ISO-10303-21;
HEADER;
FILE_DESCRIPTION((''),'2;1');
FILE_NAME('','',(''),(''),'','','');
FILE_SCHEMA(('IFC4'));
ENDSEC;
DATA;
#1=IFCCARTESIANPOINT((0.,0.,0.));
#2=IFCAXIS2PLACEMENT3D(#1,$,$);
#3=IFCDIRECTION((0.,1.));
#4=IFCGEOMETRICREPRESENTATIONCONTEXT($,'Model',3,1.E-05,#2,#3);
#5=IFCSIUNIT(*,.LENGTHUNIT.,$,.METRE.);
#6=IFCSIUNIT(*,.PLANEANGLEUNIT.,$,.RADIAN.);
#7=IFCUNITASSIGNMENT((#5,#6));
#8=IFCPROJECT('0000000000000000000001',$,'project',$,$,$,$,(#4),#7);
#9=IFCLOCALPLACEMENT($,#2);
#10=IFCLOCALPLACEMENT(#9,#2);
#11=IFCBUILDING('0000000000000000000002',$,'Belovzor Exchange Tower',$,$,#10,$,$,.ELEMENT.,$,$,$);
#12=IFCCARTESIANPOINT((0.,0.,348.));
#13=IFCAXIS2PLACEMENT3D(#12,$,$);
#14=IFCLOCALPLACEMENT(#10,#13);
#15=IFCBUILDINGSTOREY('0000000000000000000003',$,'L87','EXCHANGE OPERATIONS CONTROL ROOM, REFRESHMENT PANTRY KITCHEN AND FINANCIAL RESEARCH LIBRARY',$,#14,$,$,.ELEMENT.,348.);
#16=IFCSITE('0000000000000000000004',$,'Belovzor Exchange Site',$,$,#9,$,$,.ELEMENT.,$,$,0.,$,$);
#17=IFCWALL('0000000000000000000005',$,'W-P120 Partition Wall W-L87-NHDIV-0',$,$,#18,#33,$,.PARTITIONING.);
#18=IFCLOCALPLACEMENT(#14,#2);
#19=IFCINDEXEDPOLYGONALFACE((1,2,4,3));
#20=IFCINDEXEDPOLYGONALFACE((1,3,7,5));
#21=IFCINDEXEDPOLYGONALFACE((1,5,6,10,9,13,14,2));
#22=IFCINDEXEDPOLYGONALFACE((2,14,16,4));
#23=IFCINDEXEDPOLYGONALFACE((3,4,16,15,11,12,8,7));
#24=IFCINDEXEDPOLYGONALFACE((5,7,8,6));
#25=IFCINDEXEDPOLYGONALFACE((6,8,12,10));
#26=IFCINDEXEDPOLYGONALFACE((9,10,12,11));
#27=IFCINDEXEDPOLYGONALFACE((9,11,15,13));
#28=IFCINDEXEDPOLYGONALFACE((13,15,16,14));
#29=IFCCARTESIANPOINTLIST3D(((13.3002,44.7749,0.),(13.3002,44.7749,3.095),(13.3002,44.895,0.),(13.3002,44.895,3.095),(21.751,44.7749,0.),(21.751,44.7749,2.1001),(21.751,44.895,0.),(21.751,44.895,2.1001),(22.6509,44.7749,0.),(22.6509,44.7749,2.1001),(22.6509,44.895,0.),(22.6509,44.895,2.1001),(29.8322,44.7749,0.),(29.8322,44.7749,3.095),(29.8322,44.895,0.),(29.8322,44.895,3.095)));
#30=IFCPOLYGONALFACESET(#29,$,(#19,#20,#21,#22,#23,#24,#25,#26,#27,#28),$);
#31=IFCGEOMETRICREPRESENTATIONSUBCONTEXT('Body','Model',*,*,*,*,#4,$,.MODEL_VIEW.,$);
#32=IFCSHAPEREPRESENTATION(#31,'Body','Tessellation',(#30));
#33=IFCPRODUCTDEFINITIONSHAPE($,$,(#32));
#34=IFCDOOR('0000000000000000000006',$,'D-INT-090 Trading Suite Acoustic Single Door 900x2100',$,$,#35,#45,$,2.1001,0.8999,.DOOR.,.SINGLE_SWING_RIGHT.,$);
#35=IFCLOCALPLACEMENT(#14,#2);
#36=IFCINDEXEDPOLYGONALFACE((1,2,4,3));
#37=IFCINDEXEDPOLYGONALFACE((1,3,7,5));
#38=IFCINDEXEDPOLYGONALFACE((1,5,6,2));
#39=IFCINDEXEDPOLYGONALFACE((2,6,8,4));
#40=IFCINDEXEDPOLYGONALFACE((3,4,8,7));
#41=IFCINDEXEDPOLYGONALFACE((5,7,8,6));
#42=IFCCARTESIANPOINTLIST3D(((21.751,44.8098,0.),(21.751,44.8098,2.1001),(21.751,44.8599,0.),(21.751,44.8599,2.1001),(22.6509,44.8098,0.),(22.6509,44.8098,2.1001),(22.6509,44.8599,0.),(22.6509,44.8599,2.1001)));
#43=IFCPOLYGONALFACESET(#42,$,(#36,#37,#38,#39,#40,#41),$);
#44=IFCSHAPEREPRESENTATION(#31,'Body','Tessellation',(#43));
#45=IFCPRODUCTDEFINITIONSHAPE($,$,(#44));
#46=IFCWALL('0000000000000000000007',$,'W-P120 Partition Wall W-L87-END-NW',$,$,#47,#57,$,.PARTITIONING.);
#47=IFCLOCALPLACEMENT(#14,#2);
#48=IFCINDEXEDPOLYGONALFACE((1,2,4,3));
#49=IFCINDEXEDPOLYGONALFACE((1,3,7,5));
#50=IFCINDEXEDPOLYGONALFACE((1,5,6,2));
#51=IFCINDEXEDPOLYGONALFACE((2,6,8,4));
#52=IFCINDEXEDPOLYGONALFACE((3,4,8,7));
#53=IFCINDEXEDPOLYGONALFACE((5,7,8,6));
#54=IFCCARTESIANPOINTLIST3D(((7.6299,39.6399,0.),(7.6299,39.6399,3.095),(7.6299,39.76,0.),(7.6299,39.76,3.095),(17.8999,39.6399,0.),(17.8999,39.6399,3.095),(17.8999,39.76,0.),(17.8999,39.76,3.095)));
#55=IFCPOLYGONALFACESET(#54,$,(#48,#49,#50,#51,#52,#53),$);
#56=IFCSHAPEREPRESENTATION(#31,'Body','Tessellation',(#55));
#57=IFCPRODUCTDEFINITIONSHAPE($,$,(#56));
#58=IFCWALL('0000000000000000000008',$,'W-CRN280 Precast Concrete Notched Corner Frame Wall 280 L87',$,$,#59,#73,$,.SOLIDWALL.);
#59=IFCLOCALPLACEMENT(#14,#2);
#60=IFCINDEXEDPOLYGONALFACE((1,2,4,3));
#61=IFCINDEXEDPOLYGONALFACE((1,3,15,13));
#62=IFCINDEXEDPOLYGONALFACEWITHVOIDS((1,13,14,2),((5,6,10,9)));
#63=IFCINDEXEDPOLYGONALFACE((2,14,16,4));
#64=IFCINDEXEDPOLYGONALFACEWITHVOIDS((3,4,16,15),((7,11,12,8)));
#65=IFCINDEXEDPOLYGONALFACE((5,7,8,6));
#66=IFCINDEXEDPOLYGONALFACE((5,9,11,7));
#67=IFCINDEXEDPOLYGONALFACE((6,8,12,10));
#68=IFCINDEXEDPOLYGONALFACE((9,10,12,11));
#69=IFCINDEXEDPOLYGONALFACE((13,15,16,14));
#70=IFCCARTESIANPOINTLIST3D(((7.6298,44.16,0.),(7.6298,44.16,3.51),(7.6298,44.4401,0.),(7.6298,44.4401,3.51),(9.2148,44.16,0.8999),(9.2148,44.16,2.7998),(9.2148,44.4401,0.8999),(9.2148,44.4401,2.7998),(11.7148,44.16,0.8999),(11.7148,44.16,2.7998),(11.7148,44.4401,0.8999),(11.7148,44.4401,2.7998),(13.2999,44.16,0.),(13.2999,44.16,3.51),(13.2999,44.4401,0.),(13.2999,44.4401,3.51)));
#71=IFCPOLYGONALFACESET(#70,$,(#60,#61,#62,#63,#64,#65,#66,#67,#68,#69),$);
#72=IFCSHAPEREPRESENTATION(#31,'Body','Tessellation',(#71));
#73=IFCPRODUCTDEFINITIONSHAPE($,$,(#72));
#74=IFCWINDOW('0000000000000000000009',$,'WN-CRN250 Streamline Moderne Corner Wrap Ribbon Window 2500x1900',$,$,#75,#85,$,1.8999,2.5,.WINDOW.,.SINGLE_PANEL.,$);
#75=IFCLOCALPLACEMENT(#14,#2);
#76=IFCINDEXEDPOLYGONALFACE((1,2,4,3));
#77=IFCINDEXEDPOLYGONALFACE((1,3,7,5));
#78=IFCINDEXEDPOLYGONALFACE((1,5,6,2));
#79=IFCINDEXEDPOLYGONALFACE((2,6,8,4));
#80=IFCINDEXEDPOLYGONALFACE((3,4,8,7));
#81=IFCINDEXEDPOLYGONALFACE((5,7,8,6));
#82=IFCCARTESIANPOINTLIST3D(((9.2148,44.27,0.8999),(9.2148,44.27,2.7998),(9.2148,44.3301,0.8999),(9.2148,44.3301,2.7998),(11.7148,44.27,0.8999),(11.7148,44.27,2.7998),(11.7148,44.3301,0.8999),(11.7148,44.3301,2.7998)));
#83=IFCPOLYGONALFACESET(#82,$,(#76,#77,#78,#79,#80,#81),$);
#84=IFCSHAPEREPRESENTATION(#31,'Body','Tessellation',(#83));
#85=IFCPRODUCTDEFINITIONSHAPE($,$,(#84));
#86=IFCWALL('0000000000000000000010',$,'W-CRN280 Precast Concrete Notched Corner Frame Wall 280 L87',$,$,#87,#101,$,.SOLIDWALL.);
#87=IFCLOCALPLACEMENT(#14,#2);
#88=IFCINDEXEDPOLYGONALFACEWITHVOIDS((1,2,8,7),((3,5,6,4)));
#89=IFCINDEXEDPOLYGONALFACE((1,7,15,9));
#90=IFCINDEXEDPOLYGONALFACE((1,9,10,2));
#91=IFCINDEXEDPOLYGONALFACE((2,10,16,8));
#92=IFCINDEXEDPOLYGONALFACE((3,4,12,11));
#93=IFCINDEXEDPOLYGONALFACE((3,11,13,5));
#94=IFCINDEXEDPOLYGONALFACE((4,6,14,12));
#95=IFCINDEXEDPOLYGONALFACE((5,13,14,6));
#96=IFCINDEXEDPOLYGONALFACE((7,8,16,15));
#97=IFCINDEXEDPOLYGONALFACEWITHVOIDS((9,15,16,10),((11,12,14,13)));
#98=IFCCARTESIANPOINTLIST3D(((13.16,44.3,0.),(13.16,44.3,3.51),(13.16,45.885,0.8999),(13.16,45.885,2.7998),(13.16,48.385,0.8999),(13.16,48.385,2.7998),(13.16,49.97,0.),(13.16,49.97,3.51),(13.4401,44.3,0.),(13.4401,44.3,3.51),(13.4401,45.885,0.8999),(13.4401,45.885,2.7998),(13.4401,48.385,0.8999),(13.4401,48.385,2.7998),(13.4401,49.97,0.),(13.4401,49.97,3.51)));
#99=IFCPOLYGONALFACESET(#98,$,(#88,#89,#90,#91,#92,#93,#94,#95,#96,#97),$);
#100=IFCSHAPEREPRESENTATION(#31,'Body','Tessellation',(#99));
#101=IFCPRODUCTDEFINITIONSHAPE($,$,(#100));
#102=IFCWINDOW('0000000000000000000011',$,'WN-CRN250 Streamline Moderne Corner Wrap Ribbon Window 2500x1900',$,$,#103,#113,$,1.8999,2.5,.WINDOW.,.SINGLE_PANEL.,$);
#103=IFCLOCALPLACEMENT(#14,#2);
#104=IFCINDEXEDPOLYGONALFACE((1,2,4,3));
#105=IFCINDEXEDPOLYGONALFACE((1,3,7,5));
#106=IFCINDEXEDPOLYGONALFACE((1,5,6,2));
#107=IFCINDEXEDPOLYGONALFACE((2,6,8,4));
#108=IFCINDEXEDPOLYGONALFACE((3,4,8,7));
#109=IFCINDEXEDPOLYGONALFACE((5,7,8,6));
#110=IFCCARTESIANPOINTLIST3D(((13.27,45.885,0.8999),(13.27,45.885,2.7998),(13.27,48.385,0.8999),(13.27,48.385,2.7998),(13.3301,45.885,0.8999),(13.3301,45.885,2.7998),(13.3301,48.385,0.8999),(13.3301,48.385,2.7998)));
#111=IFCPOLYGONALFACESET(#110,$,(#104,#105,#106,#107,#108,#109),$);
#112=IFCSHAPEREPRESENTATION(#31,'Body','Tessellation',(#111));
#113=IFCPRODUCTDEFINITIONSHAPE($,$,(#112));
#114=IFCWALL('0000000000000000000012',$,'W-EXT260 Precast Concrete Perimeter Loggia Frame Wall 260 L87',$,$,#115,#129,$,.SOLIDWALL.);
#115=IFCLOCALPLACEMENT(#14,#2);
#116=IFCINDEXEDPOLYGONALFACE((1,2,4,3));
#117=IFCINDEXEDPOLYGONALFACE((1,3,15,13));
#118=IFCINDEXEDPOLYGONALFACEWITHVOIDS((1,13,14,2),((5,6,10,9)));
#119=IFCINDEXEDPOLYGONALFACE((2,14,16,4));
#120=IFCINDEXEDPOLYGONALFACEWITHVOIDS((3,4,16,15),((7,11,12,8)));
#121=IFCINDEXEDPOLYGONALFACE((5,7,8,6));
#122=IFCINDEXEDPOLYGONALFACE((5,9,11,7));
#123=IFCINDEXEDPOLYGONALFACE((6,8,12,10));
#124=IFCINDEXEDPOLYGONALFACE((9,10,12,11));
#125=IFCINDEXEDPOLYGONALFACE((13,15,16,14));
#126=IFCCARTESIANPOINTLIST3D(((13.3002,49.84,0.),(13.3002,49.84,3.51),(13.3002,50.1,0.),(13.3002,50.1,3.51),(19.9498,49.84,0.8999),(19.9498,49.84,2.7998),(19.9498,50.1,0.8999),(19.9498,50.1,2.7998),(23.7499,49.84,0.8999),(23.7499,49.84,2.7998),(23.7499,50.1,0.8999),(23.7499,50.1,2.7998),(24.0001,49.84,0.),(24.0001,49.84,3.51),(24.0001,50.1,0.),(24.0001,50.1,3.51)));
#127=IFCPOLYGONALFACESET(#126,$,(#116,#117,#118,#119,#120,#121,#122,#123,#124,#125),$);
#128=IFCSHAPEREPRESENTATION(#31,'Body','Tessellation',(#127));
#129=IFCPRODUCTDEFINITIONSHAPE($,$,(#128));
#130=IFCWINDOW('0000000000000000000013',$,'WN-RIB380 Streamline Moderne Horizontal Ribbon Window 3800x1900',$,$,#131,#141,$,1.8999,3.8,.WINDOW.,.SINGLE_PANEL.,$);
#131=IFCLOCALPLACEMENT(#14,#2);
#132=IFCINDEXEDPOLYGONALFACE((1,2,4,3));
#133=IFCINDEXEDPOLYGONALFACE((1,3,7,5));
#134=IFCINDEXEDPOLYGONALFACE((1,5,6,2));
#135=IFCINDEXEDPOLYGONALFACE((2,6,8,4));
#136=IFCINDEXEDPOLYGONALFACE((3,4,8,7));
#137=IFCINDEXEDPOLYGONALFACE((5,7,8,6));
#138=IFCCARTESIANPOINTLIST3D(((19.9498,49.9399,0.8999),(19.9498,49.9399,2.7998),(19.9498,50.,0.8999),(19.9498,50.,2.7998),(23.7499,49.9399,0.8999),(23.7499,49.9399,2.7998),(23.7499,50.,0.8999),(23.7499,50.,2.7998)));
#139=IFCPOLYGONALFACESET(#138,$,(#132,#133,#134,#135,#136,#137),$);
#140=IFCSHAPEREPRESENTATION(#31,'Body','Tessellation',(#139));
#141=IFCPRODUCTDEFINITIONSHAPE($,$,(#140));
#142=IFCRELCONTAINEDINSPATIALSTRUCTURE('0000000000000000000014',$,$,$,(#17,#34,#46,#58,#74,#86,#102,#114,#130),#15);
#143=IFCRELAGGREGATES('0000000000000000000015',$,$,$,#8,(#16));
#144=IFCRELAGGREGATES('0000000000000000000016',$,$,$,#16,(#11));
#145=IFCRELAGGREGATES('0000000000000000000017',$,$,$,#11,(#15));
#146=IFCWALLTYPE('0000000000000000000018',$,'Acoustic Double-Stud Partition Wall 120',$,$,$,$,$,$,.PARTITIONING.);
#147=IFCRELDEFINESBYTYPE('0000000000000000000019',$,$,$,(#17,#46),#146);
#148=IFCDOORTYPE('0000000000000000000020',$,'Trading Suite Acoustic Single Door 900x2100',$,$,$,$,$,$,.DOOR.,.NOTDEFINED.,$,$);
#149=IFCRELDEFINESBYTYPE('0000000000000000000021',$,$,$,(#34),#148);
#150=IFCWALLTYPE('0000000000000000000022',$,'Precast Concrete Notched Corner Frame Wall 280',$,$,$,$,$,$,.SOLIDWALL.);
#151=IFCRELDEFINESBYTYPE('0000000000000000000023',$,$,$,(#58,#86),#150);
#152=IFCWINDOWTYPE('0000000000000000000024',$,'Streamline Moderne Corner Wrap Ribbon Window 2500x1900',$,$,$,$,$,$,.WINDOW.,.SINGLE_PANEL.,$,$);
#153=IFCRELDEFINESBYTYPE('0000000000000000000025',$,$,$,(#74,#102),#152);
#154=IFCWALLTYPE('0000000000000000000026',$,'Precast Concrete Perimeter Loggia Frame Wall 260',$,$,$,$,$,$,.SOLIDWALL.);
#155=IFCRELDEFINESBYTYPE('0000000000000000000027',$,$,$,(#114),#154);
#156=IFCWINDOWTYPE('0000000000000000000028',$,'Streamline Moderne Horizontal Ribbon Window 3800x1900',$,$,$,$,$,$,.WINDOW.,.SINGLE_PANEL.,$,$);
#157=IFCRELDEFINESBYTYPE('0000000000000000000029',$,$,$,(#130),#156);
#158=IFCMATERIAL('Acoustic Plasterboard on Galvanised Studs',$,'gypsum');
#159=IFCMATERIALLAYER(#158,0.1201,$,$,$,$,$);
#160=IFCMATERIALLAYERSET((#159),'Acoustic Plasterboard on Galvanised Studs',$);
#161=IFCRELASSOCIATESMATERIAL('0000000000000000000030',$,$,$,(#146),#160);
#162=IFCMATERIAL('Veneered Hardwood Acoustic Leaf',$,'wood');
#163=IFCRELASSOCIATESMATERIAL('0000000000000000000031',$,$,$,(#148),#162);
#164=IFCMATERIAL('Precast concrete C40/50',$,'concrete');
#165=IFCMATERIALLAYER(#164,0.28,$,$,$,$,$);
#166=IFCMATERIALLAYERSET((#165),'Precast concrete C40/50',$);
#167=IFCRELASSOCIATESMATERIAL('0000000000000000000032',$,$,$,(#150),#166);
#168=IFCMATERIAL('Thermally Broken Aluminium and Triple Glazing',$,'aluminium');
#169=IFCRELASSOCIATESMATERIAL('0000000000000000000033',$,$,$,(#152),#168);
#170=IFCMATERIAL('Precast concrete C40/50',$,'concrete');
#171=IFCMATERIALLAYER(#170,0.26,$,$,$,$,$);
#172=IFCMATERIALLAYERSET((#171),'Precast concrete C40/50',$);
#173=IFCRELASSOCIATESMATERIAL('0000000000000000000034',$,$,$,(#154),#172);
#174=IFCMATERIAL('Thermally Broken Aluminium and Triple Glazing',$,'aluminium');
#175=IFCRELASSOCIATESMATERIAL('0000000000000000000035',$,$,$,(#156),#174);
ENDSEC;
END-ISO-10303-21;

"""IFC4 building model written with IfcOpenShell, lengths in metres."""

from ifc_helpers import new_model, si_unit, direction, frame, frame_2d, origin, place, context, subcontext, project, spatial, rectangle, extrude, material, layer, layer_set, type_object, element, fill, save


model = new_model("IFC4")

# Units and contexts
model_context = context("Model", 3, precision=1e-05, world=origin(), true_north=direction((0.0, 1.0)))
body_context = subcontext(model_context, "Body", "Model", "MODEL_VIEW")
ifc_project = project(units=[si_unit("LENGTHUNIT", "METRE"), si_unit("PLANEANGLEUNIT", "RADIAN")], contexts=[model_context])

# Site, building, storey
site_placement = place(None, origin())
site = spatial("IfcSite", under=ifc_project, at=site_placement, Name="Belovzor Exchange Site", CompositionType="ELEMENT", RefElevation=0.0)
building_placement = place(site_placement, origin())
building = spatial("IfcBuilding", under=site, at=building_placement, Name="Belovzor Exchange Tower", CompositionType="ELEMENT")
storey_placement = place(building_placement, frame((0.0, 0.0, 348.0)))
storey = spatial("IfcBuildingStorey", under=building, at=storey_placement, Name="L87", Description="EXCHANGE OPERATIONS CONTROL ROOM, REFRESHMENT PANTRY KITCHEN AND FINANCIAL RESEARCH LIBRARY", CompositionType="ELEMENT", Elevation=348.0)

# Wall, opening, door
ifc_material_1 = material(Name="Acoustic Plasterboard on Galvanised Studs", Category="gypsum")
ifc_layer_1 = layer(ifc_material_1, 0.1201)
ifc_layer_set_1 = layer_set([ifc_layer_1], Name="Acoustic Plasterboard on Galvanised Studs")
wall_type_1 = type_object("IfcWallType", Name="Acoustic Double-Stud Partition Wall 120", PredefinedType="PARTITIONING", material=ifc_layer_set_1)
wall_1_placement = place(storey_placement, frame((13.3, 44.835, 0.0), z_axis=(0.0, 0.0, 1.0), x_axis=(1.0, 0.0, 0.0)))
wall_1 = element("IfcWall", 1, at=wall_1_placement, inside=storey, type_object=wall_type_1, Name="W-P120 Partition Wall W-L87-NHDIV-0", PredefinedType="PARTITIONING", context=body_context, shape_type="SweptSolid", body=[
    extrude(rectangle(XDim=16.532, YDim=0.1201, at=frame_2d((8.2661, 0.0))), origin(), (0.0, 0.0, 1.0), 3.095),
])
opening_1_placement = place(wall_1_placement, frame((8.4509, 0.0, 0.0)))
opening_1 = element("IfcOpeningElement", 2, at=opening_1_placement, cuts=wall_1, PredefinedType="OPENING", context=body_context, shape_type="SweptSolid", body=[
    extrude(rectangle(XDim=0.8999, YDim=2.1001, at=frame_2d((0.45, 1.05))), frame((0.0, 0.0701, 0.0), z_axis=(0.0, -1.0, 0.0), x_axis=(1.0, 0.0, 0.0)), (0.0, 0.0, 1.0), 0.1401),
])
ifc_material_2 = material(Name="Veneered Hardwood Acoustic Leaf", Category="wood")
door_type = type_object("IfcDoorType", Name="Trading Suite Acoustic Single Door 900x2100", OperationType="NOTDEFINED", PredefinedType="DOOR", material=ifc_material_2)
door_placement = place(opening_1_placement, origin())
door = element("IfcDoor", 3, at=door_placement, inside=storey, type_object=door_type, Name="D-INT-090 Trading Suite Acoustic Single Door 900x2100", OperationType="SINGLE_SWING_RIGHT", OverallHeight=2.1001, OverallWidth=0.8999, PredefinedType="DOOR", context=body_context, shape_type="SweptSolid", body=[
    extrude(rectangle(XDim=0.8999, YDim=2.1001, at=frame_2d((0.45, 1.05))), frame((0.0, 0.0249, 0.0), z_axis=(0.0, -1.0, 0.0), x_axis=(1.0, 0.0, 0.0)), (0.0, 0.0, 1.0), 0.05),
])
fill(opening_1, door)

# Wall
wall_2_placement = place(storey_placement, frame((7.6299, 39.7, 0.0), z_axis=(0.0, 0.0, 1.0), x_axis=(1.0, 0.0, 0.0)))
element("IfcWall", 4, at=wall_2_placement, inside=storey, type_object=wall_type_1, Name="W-P120 Partition Wall W-L87-END-NW", PredefinedType="PARTITIONING", context=body_context, shape_type="SweptSolid", body=[
    extrude(rectangle(XDim=10.27, YDim=0.1201, at=frame_2d((5.135, 0.0))), origin(), (0.0, 0.0, 1.0), 3.095),
])

# Walls, openings, windows
ifc_material_3 = material(Name="Precast concrete C40/50", Category="concrete")
ifc_layer_2 = layer(ifc_material_3, 0.28)
ifc_layer_set_2 = layer_set([ifc_layer_2], Name="Precast concrete C40/50")
wall_type_2 = type_object("IfcWallType", Name="Precast Concrete Notched Corner Frame Wall 280", PredefinedType="SOLIDWALL", material=ifc_layer_set_2)
wall_3_placement = place(storey_placement, frame((7.6299, 44.3, 0.0), z_axis=(0.0, 0.0, 1.0), x_axis=(1.0, 0.0, 0.0)))
wall_3 = element("IfcWall", 5, at=wall_3_placement, inside=storey, type_object=wall_type_2, Name="W-CRN280 Precast Concrete Notched Corner Frame Wall 280 L87", PredefinedType="SOLIDWALL", context=body_context, shape_type="SweptSolid", body=[
    extrude(rectangle(XDim=5.6702, YDim=0.28, at=frame_2d((2.835, 0.0))), origin(), (0.0, 0.0, 1.0), 3.51),
])
opening_2_placement = place(wall_3_placement, frame((1.585, 0.0, 0.8999)))
opening_2 = element("IfcOpeningElement", 6, at=opening_2_placement, cuts=wall_3, PredefinedType="OPENING", context=body_context, shape_type="SweptSolid", body=[
    extrude(rectangle(XDim=2.5, YDim=1.8999, at=frame_2d((1.25, 0.95))), frame((0.0, 0.1499, 0.0), z_axis=(0.0, -1.0, 0.0), x_axis=(1.0, 0.0, 0.0)), (0.0, 0.0, 1.0), 0.3),
])
ifc_material_4 = material(Name="Thermally Broken Aluminium and Triple Glazing", Category="aluminium")
window_type_1 = type_object("IfcWindowType", Name="Streamline Moderne Corner Wrap Ribbon Window 2500x1900", PartitioningType="SINGLE_PANEL", PredefinedType="WINDOW", material=ifc_material_4)
window_1_placement = place(opening_2_placement, origin())
window_1 = element("IfcWindow", 7, at=window_1_placement, inside=storey, type_object=window_type_1, Name="WN-CRN250 Streamline Moderne Corner Wrap Ribbon Window 2500x1900", OverallHeight=1.8999, OverallWidth=2.5, PartitioningType="SINGLE_PANEL", PredefinedType="WINDOW", context=body_context, shape_type="SweptSolid", body=[
    extrude(rectangle(XDim=2.5, YDim=1.8999, at=frame_2d((1.25, 0.95))), frame((0.0, 0.03, 0.0), z_axis=(0.0, -1.0, 0.0), x_axis=(1.0, 0.0, 0.0)), (0.0, 0.0, 1.0), 0.0601),
])
fill(opening_2, window_1)
wall_4_placement = place(storey_placement, frame((13.3, 44.3, 0.0), z_axis=(0.0, 0.0, 1.0), x_axis=(0.0, 1.0, 0.0)))
wall_4 = element("IfcWall", 8, at=wall_4_placement, inside=storey, type_object=wall_type_2, Name="W-CRN280 Precast Concrete Notched Corner Frame Wall 280 L87", PredefinedType="SOLIDWALL", context=body_context, shape_type="SweptSolid", body=[
    extrude(rectangle(XDim=5.6699, YDim=0.28, at=frame_2d((2.835, 0.0))), origin(), (0.0, 0.0, 1.0), 3.51),
])
opening_3_placement = place(wall_4_placement, frame((1.585, 0.0, 0.8999)))
opening_3 = element("IfcOpeningElement", 9, at=opening_3_placement, cuts=wall_4, PredefinedType="OPENING", context=body_context, shape_type="SweptSolid", body=[
    extrude(rectangle(XDim=2.5, YDim=1.8999, at=frame_2d((1.25, 0.95))), frame((0.0, 0.1499, 0.0), z_axis=(0.0, -1.0, 0.0), x_axis=(1.0, 0.0, 0.0)), (0.0, 0.0, 1.0), 0.3),
])
window_2_placement = place(opening_3_placement, origin())
window_2 = element("IfcWindow", 10, at=window_2_placement, inside=storey, type_object=window_type_1, Name="WN-CRN250 Streamline Moderne Corner Wrap Ribbon Window 2500x1900", OverallHeight=1.8999, OverallWidth=2.5, PartitioningType="SINGLE_PANEL", PredefinedType="WINDOW", context=body_context, shape_type="SweptSolid", body=[
    extrude(rectangle(XDim=2.5, YDim=1.8999, at=frame_2d((1.25, 0.95))), frame((0.0, 0.03, 0.0), z_axis=(0.0, -1.0, 0.0), x_axis=(1.0, 0.0, 0.0)), (0.0, 0.0, 1.0), 0.0601),
])
fill(opening_3, window_2)
ifc_material_5 = material(Name="Precast concrete C40/50", Category="concrete")
ifc_layer_3 = layer(ifc_material_5, 0.26)
ifc_layer_set_3 = layer_set([ifc_layer_3], Name="Precast concrete C40/50")
wall_type_3 = type_object("IfcWallType", Name="Precast Concrete Perimeter Loggia Frame Wall 260", PredefinedType="SOLIDWALL", material=ifc_layer_set_3)
wall_5_placement = place(storey_placement, frame((13.3, 49.97, 0.0), z_axis=(0.0, 0.0, 1.0), x_axis=(1.0, 0.0, 0.0)))
wall_5 = element("IfcWall", 11, at=wall_5_placement, inside=storey, type_object=wall_type_3, Name="W-EXT260 Precast Concrete Perimeter Loggia Frame Wall 260 L87", PredefinedType="SOLIDWALL", context=body_context, shape_type="SweptSolid", body=[
    extrude(rectangle(XDim=10.7, YDim=0.26, at=frame_2d((5.3501, 0.0))), origin(), (0.0, 0.0, 1.0), 3.51),
])
opening_4_placement = place(wall_5_placement, frame((6.6499, 0.0, 0.8999)))
opening_4 = element("IfcOpeningElement", 12, at=opening_4_placement, cuts=wall_5, PredefinedType="OPENING", context=body_context, shape_type="SweptSolid", body=[
    extrude(rectangle(XDim=3.8, YDim=1.8999, at=frame_2d((1.8999, 0.95))), frame((0.0, 0.1399, 0.0), z_axis=(0.0, -1.0, 0.0), x_axis=(1.0, 0.0, 0.0)), (0.0, 0.0, 1.0), 0.28),
])
ifc_material_6 = material(Name="Thermally Broken Aluminium and Triple Glazing", Category="aluminium")
window_type_2 = type_object("IfcWindowType", Name="Streamline Moderne Horizontal Ribbon Window 3800x1900", PartitioningType="SINGLE_PANEL", PredefinedType="WINDOW", material=ifc_material_6)
window_3_placement = place(opening_4_placement, origin())
window_3 = element("IfcWindow", 13, at=window_3_placement, inside=storey, type_object=window_type_2, Name="WN-RIB380 Streamline Moderne Horizontal Ribbon Window 3800x1900", OverallHeight=1.8999, OverallWidth=3.8, PartitioningType="SINGLE_PANEL", PredefinedType="WINDOW", context=body_context, shape_type="SweptSolid", body=[
    extrude(rectangle(XDim=3.8, YDim=1.8999, at=frame_2d((1.8999, 0.95))), frame((0.0, 0.03, 0.0), z_axis=(0.0, -1.0, 0.0), x_axis=(1.0, 0.0, 0.0)), (0.0, 0.0, 1.0), 0.0601),
])
fill(opening_4, window_3)

save(model, "model.ifc")
